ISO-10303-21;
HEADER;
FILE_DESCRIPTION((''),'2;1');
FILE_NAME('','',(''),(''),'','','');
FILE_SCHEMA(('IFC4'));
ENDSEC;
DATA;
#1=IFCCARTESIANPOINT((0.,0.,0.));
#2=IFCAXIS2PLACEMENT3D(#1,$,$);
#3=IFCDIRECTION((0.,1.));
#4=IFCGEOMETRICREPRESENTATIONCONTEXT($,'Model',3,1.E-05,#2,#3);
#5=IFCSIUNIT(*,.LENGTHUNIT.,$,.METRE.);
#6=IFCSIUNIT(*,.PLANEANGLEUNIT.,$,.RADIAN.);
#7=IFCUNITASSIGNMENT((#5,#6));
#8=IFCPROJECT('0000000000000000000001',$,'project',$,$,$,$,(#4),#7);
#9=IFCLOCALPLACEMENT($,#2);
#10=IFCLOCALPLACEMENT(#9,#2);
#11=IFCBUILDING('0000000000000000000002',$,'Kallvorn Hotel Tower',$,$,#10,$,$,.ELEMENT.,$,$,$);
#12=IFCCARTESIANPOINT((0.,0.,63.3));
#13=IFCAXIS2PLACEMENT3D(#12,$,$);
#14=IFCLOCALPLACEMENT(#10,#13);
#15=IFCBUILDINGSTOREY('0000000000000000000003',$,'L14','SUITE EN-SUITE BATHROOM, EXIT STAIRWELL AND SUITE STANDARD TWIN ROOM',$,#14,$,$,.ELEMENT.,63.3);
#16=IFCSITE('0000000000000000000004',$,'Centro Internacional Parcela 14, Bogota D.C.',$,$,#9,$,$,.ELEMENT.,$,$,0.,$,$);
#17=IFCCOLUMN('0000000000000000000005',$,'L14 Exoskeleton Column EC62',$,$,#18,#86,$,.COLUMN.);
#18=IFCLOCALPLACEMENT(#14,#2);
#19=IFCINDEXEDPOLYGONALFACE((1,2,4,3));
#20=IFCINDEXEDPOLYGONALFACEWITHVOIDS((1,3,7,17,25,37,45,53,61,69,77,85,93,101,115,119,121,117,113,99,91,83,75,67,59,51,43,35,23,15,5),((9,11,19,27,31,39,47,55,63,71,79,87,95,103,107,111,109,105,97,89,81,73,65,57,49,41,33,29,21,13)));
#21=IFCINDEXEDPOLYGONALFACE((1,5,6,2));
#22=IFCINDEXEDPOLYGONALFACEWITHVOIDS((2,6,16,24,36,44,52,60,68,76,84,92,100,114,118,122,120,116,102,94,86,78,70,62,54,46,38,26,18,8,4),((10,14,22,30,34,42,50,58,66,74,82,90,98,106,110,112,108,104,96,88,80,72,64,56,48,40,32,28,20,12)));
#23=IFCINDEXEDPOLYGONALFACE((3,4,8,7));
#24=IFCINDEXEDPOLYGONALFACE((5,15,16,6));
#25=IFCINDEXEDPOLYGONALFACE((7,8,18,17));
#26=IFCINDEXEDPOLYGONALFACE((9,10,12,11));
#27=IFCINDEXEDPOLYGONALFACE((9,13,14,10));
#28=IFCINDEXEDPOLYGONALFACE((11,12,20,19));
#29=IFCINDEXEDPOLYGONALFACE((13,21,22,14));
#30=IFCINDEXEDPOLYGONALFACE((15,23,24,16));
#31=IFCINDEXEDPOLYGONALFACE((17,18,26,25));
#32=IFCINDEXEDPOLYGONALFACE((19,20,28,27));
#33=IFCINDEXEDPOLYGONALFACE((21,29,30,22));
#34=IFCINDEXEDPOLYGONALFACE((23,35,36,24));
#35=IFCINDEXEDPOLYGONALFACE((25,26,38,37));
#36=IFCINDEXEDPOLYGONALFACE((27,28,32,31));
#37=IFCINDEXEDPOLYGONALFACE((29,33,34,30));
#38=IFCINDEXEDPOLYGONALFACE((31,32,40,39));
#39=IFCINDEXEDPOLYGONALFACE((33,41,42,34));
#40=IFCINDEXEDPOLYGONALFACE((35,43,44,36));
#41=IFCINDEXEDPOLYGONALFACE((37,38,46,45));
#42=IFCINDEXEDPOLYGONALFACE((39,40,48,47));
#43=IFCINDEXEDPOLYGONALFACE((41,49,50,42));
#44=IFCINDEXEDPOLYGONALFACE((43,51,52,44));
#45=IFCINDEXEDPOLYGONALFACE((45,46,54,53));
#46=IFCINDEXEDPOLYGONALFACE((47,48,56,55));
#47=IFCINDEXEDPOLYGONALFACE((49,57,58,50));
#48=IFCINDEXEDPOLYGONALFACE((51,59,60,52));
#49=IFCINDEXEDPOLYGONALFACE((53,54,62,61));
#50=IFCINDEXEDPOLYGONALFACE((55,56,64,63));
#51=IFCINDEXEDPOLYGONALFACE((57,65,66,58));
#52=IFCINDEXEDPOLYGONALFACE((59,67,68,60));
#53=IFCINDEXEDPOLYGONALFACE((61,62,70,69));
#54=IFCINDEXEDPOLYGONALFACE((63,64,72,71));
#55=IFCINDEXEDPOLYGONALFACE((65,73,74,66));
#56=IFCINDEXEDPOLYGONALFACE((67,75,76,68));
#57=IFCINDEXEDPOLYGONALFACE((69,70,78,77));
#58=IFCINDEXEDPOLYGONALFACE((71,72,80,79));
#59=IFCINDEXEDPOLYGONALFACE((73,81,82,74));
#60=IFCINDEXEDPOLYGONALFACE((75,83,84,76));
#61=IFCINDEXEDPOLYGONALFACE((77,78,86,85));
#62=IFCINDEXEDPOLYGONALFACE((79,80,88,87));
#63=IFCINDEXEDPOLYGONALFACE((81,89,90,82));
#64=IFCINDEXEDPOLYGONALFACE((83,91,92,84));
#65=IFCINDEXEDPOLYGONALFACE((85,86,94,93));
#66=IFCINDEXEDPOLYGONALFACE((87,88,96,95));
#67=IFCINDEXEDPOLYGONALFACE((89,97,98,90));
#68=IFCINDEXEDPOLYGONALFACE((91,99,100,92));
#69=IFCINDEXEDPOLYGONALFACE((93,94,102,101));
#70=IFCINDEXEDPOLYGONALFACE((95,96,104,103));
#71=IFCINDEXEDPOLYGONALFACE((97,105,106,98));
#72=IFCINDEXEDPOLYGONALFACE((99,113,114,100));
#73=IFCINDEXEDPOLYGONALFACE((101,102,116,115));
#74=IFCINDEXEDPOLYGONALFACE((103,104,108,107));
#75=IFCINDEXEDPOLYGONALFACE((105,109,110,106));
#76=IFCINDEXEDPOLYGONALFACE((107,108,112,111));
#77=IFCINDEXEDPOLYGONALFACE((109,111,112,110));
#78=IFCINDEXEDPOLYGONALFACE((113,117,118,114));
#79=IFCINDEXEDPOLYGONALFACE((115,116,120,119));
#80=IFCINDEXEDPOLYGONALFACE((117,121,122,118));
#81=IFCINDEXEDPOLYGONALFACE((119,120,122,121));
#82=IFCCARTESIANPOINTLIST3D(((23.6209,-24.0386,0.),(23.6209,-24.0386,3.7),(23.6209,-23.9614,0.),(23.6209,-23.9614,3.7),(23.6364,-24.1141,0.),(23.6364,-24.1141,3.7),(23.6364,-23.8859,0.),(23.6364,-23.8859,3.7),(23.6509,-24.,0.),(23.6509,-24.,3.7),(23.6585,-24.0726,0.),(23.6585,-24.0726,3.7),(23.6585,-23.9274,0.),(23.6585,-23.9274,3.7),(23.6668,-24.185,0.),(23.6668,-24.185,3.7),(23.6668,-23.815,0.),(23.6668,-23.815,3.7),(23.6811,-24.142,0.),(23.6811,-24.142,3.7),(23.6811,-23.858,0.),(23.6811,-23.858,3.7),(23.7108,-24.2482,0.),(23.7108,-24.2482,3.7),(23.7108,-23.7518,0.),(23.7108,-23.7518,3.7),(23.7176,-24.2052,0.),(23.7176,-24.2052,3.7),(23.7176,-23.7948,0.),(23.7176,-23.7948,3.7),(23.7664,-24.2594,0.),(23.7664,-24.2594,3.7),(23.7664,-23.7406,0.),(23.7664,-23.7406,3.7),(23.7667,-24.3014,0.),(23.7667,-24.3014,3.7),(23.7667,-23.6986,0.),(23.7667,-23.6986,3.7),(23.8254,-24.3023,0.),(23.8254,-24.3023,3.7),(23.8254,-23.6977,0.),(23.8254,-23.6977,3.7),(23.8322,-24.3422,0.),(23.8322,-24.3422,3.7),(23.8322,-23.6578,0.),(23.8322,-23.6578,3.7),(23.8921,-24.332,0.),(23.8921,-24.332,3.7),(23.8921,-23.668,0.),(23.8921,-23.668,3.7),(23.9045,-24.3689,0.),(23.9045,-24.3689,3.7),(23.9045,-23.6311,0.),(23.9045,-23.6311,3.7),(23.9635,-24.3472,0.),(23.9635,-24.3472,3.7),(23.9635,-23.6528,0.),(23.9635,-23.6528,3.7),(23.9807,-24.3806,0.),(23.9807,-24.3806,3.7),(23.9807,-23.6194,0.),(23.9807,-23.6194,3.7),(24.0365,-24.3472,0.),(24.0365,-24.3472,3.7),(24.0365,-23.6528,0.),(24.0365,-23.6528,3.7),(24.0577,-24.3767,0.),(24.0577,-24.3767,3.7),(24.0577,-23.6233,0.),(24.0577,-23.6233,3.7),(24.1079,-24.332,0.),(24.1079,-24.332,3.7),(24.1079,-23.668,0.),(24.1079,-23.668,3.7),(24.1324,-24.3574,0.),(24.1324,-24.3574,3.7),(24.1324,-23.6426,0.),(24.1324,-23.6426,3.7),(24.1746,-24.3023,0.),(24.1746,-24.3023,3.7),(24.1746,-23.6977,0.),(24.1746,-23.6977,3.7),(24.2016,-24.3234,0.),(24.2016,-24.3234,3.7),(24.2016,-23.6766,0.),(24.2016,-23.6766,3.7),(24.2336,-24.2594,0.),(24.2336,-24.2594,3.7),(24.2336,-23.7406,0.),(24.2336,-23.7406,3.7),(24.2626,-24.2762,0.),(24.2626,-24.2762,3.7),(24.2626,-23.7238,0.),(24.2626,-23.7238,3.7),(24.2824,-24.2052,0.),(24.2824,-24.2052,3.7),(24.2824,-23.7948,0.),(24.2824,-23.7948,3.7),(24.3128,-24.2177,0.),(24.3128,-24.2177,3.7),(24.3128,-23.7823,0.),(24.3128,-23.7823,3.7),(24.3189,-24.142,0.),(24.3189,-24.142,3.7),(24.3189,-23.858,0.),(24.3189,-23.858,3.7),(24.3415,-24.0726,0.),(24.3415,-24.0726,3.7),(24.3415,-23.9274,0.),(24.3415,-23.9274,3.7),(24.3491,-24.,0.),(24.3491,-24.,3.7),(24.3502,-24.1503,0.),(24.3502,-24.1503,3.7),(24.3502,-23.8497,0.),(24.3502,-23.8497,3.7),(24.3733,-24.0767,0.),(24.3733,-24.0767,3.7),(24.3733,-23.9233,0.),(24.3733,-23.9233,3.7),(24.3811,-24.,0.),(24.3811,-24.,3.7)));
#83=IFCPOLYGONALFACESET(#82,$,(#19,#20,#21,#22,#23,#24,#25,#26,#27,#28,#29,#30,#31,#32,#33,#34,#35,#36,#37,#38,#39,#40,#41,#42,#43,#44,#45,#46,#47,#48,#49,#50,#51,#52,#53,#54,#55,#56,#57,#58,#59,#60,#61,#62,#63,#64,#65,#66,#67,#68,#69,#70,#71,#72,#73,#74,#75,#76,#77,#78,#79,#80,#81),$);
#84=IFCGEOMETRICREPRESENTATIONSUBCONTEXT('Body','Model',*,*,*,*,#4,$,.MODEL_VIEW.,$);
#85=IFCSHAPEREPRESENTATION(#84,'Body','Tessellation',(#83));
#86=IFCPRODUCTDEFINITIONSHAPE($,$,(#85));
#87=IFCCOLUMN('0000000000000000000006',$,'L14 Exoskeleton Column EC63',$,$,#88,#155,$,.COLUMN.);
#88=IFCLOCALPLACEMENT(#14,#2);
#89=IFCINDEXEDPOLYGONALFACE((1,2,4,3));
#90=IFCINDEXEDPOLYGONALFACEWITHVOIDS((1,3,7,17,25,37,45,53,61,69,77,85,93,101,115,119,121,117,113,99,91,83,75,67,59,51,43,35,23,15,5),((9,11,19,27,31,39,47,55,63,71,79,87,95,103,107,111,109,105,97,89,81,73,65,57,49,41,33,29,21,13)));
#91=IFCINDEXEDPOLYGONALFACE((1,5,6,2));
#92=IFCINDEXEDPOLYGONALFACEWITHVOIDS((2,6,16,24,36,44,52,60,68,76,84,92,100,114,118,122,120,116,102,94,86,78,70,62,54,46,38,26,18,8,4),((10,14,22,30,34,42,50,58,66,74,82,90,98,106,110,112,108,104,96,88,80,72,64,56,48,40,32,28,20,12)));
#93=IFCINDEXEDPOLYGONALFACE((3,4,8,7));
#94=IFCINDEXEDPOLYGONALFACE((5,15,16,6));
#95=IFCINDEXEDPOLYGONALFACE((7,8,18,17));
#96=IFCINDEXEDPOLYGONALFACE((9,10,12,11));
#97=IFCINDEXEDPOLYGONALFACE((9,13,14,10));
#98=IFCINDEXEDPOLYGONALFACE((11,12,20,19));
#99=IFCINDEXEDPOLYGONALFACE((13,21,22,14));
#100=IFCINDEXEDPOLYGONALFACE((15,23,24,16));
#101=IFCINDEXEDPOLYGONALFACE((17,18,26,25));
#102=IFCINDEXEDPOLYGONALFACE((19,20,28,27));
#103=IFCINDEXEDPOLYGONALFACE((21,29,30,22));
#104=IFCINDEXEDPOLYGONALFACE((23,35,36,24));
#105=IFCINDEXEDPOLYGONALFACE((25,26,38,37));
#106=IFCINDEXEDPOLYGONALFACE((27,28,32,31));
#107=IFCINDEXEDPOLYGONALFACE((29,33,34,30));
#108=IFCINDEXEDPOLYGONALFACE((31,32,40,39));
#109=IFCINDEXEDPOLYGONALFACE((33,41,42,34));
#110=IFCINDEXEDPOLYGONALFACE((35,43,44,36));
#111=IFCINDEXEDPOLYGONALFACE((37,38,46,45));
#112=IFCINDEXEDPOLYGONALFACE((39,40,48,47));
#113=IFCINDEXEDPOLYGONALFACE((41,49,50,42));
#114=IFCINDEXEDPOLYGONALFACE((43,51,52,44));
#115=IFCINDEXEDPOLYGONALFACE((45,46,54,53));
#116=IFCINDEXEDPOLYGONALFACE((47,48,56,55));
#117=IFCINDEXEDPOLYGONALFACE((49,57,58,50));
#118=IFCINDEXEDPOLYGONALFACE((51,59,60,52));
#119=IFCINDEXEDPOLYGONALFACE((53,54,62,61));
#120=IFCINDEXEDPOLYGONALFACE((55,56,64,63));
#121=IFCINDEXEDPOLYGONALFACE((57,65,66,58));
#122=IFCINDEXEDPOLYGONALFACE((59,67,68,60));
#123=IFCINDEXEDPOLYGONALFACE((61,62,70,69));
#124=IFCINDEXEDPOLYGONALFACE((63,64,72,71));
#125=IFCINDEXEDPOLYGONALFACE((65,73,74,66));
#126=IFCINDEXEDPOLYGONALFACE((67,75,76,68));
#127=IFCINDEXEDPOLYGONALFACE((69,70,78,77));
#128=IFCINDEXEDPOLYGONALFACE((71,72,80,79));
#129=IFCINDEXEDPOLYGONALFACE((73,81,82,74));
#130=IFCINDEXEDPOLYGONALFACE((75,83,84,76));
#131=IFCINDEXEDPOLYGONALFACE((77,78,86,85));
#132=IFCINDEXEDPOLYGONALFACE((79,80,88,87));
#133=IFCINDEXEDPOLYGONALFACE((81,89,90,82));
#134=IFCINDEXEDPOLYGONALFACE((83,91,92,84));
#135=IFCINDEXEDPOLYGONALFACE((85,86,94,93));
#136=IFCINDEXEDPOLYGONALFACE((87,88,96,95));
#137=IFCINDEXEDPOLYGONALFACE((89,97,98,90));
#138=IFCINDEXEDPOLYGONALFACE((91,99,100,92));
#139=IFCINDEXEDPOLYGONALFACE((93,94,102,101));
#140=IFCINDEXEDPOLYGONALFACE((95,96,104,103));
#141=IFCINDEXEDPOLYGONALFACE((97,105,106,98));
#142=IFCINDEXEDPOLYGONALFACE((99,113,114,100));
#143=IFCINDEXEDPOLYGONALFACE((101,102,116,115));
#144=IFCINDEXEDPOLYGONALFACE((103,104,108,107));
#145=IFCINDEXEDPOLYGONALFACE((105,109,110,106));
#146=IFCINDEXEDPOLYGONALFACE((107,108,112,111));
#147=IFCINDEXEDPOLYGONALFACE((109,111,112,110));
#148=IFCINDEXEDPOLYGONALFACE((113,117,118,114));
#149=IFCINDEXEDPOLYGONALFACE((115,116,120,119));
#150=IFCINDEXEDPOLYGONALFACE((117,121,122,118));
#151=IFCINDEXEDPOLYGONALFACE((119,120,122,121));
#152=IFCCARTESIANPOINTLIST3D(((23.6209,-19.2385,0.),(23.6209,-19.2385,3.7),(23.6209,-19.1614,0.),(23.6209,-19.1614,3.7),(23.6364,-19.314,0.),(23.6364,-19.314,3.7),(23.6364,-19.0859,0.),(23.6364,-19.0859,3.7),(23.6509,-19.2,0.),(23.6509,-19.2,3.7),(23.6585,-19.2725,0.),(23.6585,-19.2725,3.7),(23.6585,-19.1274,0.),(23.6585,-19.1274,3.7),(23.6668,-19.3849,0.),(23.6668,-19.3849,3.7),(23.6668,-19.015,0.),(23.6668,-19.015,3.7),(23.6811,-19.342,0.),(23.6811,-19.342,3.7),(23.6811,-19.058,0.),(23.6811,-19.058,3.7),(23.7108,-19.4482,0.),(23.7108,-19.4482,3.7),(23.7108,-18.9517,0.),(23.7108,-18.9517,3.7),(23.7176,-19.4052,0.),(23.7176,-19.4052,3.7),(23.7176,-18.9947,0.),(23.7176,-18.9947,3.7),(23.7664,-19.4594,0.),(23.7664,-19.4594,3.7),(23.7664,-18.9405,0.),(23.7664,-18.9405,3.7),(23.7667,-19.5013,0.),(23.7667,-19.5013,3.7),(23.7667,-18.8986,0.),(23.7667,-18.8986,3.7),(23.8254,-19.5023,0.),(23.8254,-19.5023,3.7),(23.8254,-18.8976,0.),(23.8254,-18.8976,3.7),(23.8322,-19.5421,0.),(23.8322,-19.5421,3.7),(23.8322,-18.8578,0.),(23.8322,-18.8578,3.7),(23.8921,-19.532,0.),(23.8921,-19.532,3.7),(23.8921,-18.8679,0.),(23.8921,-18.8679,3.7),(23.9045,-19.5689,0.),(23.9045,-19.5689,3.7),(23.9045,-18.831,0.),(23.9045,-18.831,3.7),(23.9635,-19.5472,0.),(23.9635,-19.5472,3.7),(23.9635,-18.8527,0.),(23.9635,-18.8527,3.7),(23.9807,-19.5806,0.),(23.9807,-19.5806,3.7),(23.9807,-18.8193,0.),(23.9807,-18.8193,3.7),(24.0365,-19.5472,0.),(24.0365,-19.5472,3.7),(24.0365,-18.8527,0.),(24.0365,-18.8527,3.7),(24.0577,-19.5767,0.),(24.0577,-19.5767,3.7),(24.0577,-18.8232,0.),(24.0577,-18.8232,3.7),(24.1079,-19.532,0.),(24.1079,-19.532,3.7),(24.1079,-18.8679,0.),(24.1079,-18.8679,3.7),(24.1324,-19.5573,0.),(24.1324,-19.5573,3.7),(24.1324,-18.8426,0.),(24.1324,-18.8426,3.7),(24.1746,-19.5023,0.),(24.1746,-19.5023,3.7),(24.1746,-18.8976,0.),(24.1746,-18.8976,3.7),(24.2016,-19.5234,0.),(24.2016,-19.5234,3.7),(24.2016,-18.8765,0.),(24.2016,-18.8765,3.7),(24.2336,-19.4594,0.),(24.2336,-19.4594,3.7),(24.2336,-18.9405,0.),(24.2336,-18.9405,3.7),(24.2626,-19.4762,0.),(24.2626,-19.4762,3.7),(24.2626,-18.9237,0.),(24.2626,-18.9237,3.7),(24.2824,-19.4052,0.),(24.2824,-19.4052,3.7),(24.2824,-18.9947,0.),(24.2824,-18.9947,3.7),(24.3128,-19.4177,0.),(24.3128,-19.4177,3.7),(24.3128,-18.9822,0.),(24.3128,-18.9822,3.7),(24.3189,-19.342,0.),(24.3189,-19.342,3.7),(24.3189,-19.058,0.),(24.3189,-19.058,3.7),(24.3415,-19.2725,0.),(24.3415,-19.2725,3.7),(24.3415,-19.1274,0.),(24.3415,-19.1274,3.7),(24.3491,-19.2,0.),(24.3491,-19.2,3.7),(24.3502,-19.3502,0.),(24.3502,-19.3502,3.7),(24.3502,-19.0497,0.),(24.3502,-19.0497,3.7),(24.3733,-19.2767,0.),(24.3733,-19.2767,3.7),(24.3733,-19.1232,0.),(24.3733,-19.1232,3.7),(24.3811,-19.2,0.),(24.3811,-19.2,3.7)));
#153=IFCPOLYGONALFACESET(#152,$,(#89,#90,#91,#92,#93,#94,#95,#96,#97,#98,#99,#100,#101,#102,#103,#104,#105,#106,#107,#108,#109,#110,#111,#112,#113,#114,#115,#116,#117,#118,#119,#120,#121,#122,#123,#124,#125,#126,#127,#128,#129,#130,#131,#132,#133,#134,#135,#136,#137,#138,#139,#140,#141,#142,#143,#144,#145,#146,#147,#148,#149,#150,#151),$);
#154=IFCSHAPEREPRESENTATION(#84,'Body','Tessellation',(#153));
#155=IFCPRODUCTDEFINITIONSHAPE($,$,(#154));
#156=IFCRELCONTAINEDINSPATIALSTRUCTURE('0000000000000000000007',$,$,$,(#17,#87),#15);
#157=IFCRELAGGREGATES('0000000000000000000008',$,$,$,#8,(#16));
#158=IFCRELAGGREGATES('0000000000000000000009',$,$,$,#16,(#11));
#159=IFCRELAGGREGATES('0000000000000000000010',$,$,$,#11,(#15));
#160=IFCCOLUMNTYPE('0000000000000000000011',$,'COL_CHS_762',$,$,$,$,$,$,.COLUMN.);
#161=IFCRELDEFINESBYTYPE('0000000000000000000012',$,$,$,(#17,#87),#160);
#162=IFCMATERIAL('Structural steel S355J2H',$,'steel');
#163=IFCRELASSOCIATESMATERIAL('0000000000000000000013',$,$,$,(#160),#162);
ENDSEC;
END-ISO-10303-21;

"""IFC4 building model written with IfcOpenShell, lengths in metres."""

from ifc_helpers import new_model, si_unit, direction, frame, origin, origin_2d, place, context, subcontext, project, spatial, hollow_circle, extrude, material, material_profile, profile_set, type_object, element, save


model = new_model("IFC4")

# Units and contexts
model_context = context("Model", 3, precision=1e-05, world=origin(), true_north=direction((0.0, 1.0)))
body_context = subcontext(model_context, "Body", "Model", "MODEL_VIEW")
ifc_project = project(units=[si_unit("LENGTHUNIT", "METRE"), si_unit("PLANEANGLEUNIT", "RADIAN")], contexts=[model_context])

# Site, building, storey
site_placement = place(None, origin())
site = spatial("IfcSite", under=ifc_project, at=site_placement, Name="Centro Internacional Parcela 14, Bogota D.C.", CompositionType="ELEMENT", RefElevation=0.0)
building_placement = place(site_placement, origin())
building = spatial("IfcBuilding", under=site, at=building_placement, Name="Kallvorn Hotel Tower", CompositionType="ELEMENT")
storey_placement = place(building_placement, frame((0.0, 0.0, 63.3)))
storey = spatial("IfcBuildingStorey", under=building, at=storey_placement, Name="L14", Description="SUITE EN-SUITE BATHROOM, EXIT STAIRWELL AND SUITE STANDARD TWIN ROOM", CompositionType="ELEMENT", Elevation=63.3)

# Columns
ifc_material_1 = material(Name="Structural steel S355J2H", Category="steel")
ifc_material_profile_1 = material_profile(ifc_material_1, hollow_circle(Radius=0.3811, WallThickness=0.032, at=origin_2d()), Name="CHS 762x32")
ifc_profile_set_1 = profile_set([ifc_material_profile_1], Name="Structural steel S355J2H")
column_type_1 = type_object("IfcColumnType", Name="COL_CHS_762", PredefinedType="COLUMN", material=ifc_profile_set_1)
for number, where, z_axis, x_axis, name in (
    (1, (24.0, -24.0, 0.0), (0.0, 0.0, 1.0), (1.0, 0.0, 0.0), "L14 Exoskeleton Column EC62"),
    (2, (24.0, -19.2, 0.0), (0.0, 0.0, 1.0), (1.0, 0.0, 0.0), "L14 Exoskeleton Column EC63"),
):
    element("IfcColumn", number, at=place(storey_placement, frame(where, z_axis=z_axis, x_axis=x_axis)), inside=storey, type_object=column_type_1, Name=name, PredefinedType="COLUMN", context=body_context, shape_type="SweptSolid", body=[
        extrude(hollow_circle(Radius=0.3811, WallThickness=0.032, at=origin_2d()), origin(), (0.0, 0.0, 1.0), 3.7),
    ])

save(model, "model.ifc")
